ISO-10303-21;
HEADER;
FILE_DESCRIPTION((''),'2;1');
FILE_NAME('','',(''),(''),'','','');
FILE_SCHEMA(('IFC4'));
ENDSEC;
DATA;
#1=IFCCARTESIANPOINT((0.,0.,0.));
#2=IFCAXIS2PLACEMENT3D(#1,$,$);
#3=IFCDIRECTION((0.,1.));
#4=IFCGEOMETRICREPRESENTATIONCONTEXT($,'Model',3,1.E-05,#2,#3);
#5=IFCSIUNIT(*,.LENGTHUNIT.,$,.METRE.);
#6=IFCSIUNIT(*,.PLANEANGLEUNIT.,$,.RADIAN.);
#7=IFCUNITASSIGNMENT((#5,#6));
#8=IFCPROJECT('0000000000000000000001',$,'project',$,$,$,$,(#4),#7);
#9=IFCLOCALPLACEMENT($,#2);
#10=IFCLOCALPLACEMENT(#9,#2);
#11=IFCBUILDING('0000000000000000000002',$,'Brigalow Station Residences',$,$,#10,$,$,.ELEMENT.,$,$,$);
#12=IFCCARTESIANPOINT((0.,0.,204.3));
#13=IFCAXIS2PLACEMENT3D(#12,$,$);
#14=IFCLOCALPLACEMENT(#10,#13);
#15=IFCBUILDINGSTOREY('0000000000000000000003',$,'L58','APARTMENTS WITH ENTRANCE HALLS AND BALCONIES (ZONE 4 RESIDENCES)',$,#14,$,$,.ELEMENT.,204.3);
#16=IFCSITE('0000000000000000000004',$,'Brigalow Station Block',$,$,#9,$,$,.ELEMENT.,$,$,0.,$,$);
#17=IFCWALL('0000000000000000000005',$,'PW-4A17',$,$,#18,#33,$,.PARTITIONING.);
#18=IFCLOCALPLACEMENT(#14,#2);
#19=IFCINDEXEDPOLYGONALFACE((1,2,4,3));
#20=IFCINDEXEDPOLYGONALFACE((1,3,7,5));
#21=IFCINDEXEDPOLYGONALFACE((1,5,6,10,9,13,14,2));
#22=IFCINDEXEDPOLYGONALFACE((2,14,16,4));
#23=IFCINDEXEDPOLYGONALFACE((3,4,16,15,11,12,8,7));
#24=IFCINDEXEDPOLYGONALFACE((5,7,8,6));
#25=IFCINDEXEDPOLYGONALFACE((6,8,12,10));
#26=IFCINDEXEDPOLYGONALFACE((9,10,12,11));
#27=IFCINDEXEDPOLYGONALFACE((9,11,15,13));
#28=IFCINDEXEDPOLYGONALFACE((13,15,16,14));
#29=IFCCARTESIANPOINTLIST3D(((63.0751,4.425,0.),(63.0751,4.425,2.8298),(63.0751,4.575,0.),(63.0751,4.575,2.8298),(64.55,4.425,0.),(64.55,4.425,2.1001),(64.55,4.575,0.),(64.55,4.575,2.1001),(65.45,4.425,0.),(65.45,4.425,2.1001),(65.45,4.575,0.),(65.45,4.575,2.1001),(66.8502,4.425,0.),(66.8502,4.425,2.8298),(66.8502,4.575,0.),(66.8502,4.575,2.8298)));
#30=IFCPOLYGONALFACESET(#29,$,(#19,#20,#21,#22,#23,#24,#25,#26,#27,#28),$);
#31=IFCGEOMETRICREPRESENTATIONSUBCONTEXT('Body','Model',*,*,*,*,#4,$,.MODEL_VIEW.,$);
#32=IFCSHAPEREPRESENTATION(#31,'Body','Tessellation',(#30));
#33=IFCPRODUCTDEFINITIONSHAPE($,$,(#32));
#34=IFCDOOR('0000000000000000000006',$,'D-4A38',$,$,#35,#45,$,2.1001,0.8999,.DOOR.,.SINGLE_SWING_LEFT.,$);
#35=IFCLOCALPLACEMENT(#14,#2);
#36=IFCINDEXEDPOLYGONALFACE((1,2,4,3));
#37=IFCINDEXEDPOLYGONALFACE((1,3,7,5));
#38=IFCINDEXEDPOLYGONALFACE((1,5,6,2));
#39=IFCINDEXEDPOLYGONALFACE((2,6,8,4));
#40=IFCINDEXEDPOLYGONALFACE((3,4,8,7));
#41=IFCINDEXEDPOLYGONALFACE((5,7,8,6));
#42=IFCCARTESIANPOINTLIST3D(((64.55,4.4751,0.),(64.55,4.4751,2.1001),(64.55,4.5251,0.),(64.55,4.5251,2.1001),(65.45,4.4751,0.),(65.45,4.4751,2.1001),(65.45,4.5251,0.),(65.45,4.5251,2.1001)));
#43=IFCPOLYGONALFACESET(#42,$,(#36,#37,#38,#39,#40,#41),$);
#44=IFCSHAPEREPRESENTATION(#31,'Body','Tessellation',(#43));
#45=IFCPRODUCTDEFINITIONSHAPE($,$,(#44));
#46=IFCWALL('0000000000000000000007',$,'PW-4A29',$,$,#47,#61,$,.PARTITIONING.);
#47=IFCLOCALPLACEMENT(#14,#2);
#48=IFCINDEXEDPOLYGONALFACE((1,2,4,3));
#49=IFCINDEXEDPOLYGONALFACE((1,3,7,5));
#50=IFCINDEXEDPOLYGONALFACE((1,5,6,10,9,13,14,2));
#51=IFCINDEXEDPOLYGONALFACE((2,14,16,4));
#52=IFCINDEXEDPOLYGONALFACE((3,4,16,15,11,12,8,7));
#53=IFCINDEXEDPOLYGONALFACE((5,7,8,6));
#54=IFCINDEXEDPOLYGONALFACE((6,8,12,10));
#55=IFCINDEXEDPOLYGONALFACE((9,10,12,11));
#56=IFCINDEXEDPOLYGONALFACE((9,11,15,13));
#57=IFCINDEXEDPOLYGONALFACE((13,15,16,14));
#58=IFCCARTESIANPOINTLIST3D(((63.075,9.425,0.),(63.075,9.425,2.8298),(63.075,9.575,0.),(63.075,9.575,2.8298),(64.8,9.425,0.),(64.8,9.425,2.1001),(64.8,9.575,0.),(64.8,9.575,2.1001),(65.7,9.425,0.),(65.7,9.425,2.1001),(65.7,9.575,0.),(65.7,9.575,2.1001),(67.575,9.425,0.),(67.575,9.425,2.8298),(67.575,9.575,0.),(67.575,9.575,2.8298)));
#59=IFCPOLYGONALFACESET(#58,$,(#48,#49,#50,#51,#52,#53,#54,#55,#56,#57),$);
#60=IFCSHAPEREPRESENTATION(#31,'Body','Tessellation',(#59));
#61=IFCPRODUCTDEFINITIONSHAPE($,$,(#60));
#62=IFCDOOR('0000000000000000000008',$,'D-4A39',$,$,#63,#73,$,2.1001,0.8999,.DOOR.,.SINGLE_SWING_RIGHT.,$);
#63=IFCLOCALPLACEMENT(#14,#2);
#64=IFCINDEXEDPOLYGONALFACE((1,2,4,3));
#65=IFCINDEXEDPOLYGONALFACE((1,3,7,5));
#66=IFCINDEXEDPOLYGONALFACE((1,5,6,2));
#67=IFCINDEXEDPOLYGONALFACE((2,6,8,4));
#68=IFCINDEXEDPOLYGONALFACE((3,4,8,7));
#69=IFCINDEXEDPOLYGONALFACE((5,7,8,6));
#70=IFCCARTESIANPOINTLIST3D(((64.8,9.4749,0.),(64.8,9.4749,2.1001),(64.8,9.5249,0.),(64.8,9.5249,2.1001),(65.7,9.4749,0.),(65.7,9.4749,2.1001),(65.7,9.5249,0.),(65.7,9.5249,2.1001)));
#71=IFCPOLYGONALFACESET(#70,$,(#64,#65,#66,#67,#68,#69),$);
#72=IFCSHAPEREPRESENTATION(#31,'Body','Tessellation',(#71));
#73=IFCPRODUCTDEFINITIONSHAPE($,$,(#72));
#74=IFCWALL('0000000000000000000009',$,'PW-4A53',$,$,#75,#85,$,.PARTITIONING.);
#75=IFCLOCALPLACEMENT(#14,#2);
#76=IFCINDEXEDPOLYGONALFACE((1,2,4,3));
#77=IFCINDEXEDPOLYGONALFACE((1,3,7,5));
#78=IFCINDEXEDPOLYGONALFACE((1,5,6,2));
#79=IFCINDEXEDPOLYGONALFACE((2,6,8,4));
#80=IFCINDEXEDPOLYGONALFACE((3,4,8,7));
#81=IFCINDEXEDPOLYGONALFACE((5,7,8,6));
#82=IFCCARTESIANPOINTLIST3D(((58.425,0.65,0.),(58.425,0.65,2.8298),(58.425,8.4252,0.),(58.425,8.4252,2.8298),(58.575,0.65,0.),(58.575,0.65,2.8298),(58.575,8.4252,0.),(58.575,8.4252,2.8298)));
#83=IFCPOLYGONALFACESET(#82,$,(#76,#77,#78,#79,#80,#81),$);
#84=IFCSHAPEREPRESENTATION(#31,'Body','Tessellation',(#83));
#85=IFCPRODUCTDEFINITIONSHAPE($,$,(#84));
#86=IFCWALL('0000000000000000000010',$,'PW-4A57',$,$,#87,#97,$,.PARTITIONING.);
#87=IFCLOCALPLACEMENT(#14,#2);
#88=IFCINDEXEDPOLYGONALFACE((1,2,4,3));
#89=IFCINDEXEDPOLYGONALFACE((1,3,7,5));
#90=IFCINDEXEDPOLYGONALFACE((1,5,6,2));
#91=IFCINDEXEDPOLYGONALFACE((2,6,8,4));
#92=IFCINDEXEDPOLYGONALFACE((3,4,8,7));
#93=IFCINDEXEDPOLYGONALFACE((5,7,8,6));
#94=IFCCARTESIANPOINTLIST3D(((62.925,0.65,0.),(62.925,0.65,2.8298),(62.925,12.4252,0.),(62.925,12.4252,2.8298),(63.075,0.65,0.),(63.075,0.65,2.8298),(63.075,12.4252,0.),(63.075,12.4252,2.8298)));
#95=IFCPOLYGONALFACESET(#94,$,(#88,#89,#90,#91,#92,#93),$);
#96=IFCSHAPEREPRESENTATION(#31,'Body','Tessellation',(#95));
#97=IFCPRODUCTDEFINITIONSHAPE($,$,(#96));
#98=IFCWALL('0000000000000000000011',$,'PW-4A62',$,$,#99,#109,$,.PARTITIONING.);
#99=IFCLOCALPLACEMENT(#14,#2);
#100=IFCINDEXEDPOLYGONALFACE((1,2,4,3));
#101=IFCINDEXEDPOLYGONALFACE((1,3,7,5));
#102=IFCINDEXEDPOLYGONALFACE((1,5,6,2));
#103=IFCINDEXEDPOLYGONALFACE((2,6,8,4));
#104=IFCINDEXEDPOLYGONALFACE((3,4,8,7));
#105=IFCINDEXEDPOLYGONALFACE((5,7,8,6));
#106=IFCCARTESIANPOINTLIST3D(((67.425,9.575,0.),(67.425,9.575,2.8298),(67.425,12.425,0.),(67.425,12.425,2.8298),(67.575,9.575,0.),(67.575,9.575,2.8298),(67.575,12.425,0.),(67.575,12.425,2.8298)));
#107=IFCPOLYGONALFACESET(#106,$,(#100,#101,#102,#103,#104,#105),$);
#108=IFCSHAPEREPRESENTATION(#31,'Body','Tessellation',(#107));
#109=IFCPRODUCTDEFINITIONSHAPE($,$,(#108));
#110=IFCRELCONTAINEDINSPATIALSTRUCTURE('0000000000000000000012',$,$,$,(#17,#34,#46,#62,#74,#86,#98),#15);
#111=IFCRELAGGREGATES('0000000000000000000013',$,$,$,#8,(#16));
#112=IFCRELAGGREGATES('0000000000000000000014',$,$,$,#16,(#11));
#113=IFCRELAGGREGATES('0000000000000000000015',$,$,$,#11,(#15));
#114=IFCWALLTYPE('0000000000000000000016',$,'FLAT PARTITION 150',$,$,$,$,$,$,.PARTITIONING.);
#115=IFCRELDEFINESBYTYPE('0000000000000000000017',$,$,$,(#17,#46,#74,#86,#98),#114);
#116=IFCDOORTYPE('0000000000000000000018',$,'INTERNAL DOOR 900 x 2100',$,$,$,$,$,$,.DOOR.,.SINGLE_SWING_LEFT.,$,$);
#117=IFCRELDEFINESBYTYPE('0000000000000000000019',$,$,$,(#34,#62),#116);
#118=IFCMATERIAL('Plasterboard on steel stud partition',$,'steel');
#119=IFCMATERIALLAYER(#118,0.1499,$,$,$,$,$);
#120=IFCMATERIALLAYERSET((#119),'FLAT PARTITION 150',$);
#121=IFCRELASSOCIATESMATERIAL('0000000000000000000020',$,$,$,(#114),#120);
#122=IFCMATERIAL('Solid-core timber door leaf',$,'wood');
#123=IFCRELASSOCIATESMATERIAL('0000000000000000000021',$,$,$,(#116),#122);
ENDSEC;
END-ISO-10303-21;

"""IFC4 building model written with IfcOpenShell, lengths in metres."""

from ifc_helpers import new_model, si_unit, direction, frame, frame_2d, origin, place, context, subcontext, project, spatial, rectangle, extrude, material, layer, layer_set, type_object, element, fill, save


model = new_model("IFC4")

# Units and contexts
model_context = context("Model", 3, precision=1e-05, world=origin(), true_north=direction((0.0, 1.0)))
body_context = subcontext(model_context, "Body", "Model", "MODEL_VIEW")
ifc_project = project(units=[si_unit("LENGTHUNIT", "METRE"), si_unit("PLANEANGLEUNIT", "RADIAN")], contexts=[model_context])

# Site, building, storey
site_placement = place(None, origin())
site = spatial("IfcSite", under=ifc_project, at=site_placement, Name="Brigalow Station Block", CompositionType="ELEMENT", RefElevation=0.0)
building_placement = place(site_placement, origin())
building = spatial("IfcBuilding", under=site, at=building_placement, Name="Brigalow Station Residences", CompositionType="ELEMENT")
storey_placement = place(building_placement, frame((0.0, 0.0, 204.3)))
storey = spatial("IfcBuildingStorey", under=building, at=storey_placement, Name="L58", Description="APARTMENTS WITH ENTRANCE HALLS AND BALCONIES (ZONE 4 RESIDENCES)", CompositionType="ELEMENT", Elevation=204.3)

# Walls, openings, doors
ifc_material_1 = material(Name="Plasterboard on steel stud partition", Category="steel")
ifc_layer_1 = layer(ifc_material_1, 0.1499)
ifc_layer_set_1 = layer_set([ifc_layer_1], Name="FLAT PARTITION 150")
wall_type_1 = type_object("IfcWallType", Name="FLAT PARTITION 150", PredefinedType="PARTITIONING", material=ifc_layer_set_1)
wall_1_placement = place(storey_placement, frame((63.075, 4.5, 0.0), z_axis=(0.0, 0.0, 1.0), x_axis=(1.0, 0.0, 0.0)))
wall_1 = element("IfcWall", 1, at=wall_1_placement, inside=storey, type_object=wall_type_1, Name="PW-4A17", PredefinedType="PARTITIONING", context=body_context, shape_type="SweptSolid", body=[
    extrude(rectangle(XDim=3.7751, YDim=0.1499, at=frame_2d((1.8877, 0.0))), origin(), (0.0, 0.0, 1.0), 2.8298),
])
opening_1_placement = place(wall_1_placement, frame((1.4751, 0.0, 0.0)))
opening_1 = element("IfcOpeningElement", 2, at=opening_1_placement, cuts=wall_1, PredefinedType="OPENING", context=body_context, shape_type="SweptSolid", body=[
    extrude(rectangle(XDim=0.8999, YDim=2.1001, at=frame_2d((0.45, 1.05))), frame((0.0, 0.085, 0.0), z_axis=(0.0, -1.0, 0.0), x_axis=(1.0, 0.0, 0.0)), (0.0, 0.0, 1.0), 0.1699),
])
ifc_material_2 = material(Name="Solid-core timber door leaf", Category="wood")
door_type = type_object("IfcDoorType", Name="INTERNAL DOOR 900 x 2100", OperationType="SINGLE_SWING_LEFT", PredefinedType="DOOR", material=ifc_material_2)
door_1_placement = place(opening_1_placement, frame((0.8999, 0.0, 0.0), z_axis=(0.0, 0.0, 1.0), x_axis=(-1.0, 0.0, 0.0)))
door_1 = element("IfcDoor", 3, at=door_1_placement, inside=storey, type_object=door_type, Name="D-4A38", OperationType="SINGLE_SWING_LEFT", OverallHeight=2.1001, OverallWidth=0.8999, PredefinedType="DOOR", context=body_context, shape_type="SweptSolid", body=[
    extrude(rectangle(XDim=0.8999, YDim=2.1001, at=frame_2d((0.45, 1.05))), frame((0.0, 0.0249, 0.0), z_axis=(0.0, -1.0, 0.0), x_axis=(1.0, 0.0, 0.0)), (0.0, 0.0, 1.0), 0.05),
])
fill(opening_1, door_1)
wall_2_placement = place(storey_placement, frame((63.075, 9.5, 0.0), z_axis=(0.0, 0.0, 1.0), x_axis=(1.0, 0.0, 0.0)))
wall_2 = element("IfcWall", 4, at=wall_2_placement, inside=storey, type_object=wall_type_1, Name="PW-4A29", PredefinedType="PARTITIONING", context=body_context, shape_type="SweptSolid", body=[
    extrude(rectangle(XDim=4.5, YDim=0.1499, at=frame_2d((2.25, 0.0))), origin(), (0.0, 0.0, 1.0), 2.8298),
])
opening_2_placement = place(wall_2_placement, frame((1.7251, 0.0, 0.0)))
opening_2 = element("IfcOpeningElement", 5, at=opening_2_placement, cuts=wall_2, PredefinedType="OPENING", context=body_context, shape_type="SweptSolid", body=[
    extrude(rectangle(XDim=0.8999, YDim=2.1001, at=frame_2d((0.45, 1.05))), frame((0.0, 0.085, 0.0), z_axis=(0.0, -1.0, 0.0), x_axis=(1.0, 0.0, 0.0)), (0.0, 0.0, 1.0), 0.1699),
])
door_2_placement = place(opening_2_placement, origin())
door_2 = element("IfcDoor", 6, at=door_2_placement, inside=storey, type_object=door_type, Name="D-4A39", OperationType="SINGLE_SWING_RIGHT", OverallHeight=2.1001, OverallWidth=0.8999, PredefinedType="DOOR", context=body_context, shape_type="SweptSolid", body=[
    extrude(rectangle(XDim=0.8999, YDim=2.1001, at=frame_2d((0.45, 1.05))), frame((0.0, 0.0249, 0.0), z_axis=(0.0, -1.0, 0.0), x_axis=(1.0, 0.0, 0.0)), (0.0, 0.0, 1.0), 0.05),
])
fill(opening_2, door_2)

# Walls
wall_3_placement = place(storey_placement, frame((58.5, 0.6499, 0.0), z_axis=(0.0, 0.0, 1.0), x_axis=(0.0, 1.0, 0.0)))
element("IfcWall", 7, at=wall_3_placement, inside=storey, type_object=wall_type_1, Name="PW-4A53", PredefinedType="PARTITIONING", context=body_context, shape_type="SweptSolid", body=[
    extrude(rectangle(XDim=7.7751, YDim=0.1499, at=frame_2d((3.8877, 0.0))), origin(), (0.0, 0.0, 1.0), 2.8298),
])
wall_4_placement = place(storey_placement, frame((63.0, 0.6499, 0.0), z_axis=(0.0, 0.0, 1.0), x_axis=(0.0, 1.0, 0.0)))
element("IfcWall", 8, at=wall_4_placement, inside=storey, type_object=wall_type_1, Name="PW-4A57", PredefinedType="PARTITIONING", context=body_context, shape_type="SweptSolid", body=[
    extrude(rectangle(XDim=11.7751, YDim=0.1499, at=frame_2d((5.8877, 0.0))), origin(), (0.0, 0.0, 1.0), 2.8298),
])
wall_5_placement = place(storey_placement, frame((67.5, 9.575, 0.0), z_axis=(0.0, 0.0, 1.0), x_axis=(0.0, 1.0, 0.0)))
element("IfcWall", 9, at=wall_5_placement, inside=storey, type_object=wall_type_1, Name="PW-4A62", PredefinedType="PARTITIONING", context=body_context, shape_type="SweptSolid", body=[
    extrude(rectangle(XDim=2.8501, YDim=0.1499, at=frame_2d((1.425, 0.0))), origin(), (0.0, 0.0, 1.0), 2.8298),
])

save(model, "model.ifc")
